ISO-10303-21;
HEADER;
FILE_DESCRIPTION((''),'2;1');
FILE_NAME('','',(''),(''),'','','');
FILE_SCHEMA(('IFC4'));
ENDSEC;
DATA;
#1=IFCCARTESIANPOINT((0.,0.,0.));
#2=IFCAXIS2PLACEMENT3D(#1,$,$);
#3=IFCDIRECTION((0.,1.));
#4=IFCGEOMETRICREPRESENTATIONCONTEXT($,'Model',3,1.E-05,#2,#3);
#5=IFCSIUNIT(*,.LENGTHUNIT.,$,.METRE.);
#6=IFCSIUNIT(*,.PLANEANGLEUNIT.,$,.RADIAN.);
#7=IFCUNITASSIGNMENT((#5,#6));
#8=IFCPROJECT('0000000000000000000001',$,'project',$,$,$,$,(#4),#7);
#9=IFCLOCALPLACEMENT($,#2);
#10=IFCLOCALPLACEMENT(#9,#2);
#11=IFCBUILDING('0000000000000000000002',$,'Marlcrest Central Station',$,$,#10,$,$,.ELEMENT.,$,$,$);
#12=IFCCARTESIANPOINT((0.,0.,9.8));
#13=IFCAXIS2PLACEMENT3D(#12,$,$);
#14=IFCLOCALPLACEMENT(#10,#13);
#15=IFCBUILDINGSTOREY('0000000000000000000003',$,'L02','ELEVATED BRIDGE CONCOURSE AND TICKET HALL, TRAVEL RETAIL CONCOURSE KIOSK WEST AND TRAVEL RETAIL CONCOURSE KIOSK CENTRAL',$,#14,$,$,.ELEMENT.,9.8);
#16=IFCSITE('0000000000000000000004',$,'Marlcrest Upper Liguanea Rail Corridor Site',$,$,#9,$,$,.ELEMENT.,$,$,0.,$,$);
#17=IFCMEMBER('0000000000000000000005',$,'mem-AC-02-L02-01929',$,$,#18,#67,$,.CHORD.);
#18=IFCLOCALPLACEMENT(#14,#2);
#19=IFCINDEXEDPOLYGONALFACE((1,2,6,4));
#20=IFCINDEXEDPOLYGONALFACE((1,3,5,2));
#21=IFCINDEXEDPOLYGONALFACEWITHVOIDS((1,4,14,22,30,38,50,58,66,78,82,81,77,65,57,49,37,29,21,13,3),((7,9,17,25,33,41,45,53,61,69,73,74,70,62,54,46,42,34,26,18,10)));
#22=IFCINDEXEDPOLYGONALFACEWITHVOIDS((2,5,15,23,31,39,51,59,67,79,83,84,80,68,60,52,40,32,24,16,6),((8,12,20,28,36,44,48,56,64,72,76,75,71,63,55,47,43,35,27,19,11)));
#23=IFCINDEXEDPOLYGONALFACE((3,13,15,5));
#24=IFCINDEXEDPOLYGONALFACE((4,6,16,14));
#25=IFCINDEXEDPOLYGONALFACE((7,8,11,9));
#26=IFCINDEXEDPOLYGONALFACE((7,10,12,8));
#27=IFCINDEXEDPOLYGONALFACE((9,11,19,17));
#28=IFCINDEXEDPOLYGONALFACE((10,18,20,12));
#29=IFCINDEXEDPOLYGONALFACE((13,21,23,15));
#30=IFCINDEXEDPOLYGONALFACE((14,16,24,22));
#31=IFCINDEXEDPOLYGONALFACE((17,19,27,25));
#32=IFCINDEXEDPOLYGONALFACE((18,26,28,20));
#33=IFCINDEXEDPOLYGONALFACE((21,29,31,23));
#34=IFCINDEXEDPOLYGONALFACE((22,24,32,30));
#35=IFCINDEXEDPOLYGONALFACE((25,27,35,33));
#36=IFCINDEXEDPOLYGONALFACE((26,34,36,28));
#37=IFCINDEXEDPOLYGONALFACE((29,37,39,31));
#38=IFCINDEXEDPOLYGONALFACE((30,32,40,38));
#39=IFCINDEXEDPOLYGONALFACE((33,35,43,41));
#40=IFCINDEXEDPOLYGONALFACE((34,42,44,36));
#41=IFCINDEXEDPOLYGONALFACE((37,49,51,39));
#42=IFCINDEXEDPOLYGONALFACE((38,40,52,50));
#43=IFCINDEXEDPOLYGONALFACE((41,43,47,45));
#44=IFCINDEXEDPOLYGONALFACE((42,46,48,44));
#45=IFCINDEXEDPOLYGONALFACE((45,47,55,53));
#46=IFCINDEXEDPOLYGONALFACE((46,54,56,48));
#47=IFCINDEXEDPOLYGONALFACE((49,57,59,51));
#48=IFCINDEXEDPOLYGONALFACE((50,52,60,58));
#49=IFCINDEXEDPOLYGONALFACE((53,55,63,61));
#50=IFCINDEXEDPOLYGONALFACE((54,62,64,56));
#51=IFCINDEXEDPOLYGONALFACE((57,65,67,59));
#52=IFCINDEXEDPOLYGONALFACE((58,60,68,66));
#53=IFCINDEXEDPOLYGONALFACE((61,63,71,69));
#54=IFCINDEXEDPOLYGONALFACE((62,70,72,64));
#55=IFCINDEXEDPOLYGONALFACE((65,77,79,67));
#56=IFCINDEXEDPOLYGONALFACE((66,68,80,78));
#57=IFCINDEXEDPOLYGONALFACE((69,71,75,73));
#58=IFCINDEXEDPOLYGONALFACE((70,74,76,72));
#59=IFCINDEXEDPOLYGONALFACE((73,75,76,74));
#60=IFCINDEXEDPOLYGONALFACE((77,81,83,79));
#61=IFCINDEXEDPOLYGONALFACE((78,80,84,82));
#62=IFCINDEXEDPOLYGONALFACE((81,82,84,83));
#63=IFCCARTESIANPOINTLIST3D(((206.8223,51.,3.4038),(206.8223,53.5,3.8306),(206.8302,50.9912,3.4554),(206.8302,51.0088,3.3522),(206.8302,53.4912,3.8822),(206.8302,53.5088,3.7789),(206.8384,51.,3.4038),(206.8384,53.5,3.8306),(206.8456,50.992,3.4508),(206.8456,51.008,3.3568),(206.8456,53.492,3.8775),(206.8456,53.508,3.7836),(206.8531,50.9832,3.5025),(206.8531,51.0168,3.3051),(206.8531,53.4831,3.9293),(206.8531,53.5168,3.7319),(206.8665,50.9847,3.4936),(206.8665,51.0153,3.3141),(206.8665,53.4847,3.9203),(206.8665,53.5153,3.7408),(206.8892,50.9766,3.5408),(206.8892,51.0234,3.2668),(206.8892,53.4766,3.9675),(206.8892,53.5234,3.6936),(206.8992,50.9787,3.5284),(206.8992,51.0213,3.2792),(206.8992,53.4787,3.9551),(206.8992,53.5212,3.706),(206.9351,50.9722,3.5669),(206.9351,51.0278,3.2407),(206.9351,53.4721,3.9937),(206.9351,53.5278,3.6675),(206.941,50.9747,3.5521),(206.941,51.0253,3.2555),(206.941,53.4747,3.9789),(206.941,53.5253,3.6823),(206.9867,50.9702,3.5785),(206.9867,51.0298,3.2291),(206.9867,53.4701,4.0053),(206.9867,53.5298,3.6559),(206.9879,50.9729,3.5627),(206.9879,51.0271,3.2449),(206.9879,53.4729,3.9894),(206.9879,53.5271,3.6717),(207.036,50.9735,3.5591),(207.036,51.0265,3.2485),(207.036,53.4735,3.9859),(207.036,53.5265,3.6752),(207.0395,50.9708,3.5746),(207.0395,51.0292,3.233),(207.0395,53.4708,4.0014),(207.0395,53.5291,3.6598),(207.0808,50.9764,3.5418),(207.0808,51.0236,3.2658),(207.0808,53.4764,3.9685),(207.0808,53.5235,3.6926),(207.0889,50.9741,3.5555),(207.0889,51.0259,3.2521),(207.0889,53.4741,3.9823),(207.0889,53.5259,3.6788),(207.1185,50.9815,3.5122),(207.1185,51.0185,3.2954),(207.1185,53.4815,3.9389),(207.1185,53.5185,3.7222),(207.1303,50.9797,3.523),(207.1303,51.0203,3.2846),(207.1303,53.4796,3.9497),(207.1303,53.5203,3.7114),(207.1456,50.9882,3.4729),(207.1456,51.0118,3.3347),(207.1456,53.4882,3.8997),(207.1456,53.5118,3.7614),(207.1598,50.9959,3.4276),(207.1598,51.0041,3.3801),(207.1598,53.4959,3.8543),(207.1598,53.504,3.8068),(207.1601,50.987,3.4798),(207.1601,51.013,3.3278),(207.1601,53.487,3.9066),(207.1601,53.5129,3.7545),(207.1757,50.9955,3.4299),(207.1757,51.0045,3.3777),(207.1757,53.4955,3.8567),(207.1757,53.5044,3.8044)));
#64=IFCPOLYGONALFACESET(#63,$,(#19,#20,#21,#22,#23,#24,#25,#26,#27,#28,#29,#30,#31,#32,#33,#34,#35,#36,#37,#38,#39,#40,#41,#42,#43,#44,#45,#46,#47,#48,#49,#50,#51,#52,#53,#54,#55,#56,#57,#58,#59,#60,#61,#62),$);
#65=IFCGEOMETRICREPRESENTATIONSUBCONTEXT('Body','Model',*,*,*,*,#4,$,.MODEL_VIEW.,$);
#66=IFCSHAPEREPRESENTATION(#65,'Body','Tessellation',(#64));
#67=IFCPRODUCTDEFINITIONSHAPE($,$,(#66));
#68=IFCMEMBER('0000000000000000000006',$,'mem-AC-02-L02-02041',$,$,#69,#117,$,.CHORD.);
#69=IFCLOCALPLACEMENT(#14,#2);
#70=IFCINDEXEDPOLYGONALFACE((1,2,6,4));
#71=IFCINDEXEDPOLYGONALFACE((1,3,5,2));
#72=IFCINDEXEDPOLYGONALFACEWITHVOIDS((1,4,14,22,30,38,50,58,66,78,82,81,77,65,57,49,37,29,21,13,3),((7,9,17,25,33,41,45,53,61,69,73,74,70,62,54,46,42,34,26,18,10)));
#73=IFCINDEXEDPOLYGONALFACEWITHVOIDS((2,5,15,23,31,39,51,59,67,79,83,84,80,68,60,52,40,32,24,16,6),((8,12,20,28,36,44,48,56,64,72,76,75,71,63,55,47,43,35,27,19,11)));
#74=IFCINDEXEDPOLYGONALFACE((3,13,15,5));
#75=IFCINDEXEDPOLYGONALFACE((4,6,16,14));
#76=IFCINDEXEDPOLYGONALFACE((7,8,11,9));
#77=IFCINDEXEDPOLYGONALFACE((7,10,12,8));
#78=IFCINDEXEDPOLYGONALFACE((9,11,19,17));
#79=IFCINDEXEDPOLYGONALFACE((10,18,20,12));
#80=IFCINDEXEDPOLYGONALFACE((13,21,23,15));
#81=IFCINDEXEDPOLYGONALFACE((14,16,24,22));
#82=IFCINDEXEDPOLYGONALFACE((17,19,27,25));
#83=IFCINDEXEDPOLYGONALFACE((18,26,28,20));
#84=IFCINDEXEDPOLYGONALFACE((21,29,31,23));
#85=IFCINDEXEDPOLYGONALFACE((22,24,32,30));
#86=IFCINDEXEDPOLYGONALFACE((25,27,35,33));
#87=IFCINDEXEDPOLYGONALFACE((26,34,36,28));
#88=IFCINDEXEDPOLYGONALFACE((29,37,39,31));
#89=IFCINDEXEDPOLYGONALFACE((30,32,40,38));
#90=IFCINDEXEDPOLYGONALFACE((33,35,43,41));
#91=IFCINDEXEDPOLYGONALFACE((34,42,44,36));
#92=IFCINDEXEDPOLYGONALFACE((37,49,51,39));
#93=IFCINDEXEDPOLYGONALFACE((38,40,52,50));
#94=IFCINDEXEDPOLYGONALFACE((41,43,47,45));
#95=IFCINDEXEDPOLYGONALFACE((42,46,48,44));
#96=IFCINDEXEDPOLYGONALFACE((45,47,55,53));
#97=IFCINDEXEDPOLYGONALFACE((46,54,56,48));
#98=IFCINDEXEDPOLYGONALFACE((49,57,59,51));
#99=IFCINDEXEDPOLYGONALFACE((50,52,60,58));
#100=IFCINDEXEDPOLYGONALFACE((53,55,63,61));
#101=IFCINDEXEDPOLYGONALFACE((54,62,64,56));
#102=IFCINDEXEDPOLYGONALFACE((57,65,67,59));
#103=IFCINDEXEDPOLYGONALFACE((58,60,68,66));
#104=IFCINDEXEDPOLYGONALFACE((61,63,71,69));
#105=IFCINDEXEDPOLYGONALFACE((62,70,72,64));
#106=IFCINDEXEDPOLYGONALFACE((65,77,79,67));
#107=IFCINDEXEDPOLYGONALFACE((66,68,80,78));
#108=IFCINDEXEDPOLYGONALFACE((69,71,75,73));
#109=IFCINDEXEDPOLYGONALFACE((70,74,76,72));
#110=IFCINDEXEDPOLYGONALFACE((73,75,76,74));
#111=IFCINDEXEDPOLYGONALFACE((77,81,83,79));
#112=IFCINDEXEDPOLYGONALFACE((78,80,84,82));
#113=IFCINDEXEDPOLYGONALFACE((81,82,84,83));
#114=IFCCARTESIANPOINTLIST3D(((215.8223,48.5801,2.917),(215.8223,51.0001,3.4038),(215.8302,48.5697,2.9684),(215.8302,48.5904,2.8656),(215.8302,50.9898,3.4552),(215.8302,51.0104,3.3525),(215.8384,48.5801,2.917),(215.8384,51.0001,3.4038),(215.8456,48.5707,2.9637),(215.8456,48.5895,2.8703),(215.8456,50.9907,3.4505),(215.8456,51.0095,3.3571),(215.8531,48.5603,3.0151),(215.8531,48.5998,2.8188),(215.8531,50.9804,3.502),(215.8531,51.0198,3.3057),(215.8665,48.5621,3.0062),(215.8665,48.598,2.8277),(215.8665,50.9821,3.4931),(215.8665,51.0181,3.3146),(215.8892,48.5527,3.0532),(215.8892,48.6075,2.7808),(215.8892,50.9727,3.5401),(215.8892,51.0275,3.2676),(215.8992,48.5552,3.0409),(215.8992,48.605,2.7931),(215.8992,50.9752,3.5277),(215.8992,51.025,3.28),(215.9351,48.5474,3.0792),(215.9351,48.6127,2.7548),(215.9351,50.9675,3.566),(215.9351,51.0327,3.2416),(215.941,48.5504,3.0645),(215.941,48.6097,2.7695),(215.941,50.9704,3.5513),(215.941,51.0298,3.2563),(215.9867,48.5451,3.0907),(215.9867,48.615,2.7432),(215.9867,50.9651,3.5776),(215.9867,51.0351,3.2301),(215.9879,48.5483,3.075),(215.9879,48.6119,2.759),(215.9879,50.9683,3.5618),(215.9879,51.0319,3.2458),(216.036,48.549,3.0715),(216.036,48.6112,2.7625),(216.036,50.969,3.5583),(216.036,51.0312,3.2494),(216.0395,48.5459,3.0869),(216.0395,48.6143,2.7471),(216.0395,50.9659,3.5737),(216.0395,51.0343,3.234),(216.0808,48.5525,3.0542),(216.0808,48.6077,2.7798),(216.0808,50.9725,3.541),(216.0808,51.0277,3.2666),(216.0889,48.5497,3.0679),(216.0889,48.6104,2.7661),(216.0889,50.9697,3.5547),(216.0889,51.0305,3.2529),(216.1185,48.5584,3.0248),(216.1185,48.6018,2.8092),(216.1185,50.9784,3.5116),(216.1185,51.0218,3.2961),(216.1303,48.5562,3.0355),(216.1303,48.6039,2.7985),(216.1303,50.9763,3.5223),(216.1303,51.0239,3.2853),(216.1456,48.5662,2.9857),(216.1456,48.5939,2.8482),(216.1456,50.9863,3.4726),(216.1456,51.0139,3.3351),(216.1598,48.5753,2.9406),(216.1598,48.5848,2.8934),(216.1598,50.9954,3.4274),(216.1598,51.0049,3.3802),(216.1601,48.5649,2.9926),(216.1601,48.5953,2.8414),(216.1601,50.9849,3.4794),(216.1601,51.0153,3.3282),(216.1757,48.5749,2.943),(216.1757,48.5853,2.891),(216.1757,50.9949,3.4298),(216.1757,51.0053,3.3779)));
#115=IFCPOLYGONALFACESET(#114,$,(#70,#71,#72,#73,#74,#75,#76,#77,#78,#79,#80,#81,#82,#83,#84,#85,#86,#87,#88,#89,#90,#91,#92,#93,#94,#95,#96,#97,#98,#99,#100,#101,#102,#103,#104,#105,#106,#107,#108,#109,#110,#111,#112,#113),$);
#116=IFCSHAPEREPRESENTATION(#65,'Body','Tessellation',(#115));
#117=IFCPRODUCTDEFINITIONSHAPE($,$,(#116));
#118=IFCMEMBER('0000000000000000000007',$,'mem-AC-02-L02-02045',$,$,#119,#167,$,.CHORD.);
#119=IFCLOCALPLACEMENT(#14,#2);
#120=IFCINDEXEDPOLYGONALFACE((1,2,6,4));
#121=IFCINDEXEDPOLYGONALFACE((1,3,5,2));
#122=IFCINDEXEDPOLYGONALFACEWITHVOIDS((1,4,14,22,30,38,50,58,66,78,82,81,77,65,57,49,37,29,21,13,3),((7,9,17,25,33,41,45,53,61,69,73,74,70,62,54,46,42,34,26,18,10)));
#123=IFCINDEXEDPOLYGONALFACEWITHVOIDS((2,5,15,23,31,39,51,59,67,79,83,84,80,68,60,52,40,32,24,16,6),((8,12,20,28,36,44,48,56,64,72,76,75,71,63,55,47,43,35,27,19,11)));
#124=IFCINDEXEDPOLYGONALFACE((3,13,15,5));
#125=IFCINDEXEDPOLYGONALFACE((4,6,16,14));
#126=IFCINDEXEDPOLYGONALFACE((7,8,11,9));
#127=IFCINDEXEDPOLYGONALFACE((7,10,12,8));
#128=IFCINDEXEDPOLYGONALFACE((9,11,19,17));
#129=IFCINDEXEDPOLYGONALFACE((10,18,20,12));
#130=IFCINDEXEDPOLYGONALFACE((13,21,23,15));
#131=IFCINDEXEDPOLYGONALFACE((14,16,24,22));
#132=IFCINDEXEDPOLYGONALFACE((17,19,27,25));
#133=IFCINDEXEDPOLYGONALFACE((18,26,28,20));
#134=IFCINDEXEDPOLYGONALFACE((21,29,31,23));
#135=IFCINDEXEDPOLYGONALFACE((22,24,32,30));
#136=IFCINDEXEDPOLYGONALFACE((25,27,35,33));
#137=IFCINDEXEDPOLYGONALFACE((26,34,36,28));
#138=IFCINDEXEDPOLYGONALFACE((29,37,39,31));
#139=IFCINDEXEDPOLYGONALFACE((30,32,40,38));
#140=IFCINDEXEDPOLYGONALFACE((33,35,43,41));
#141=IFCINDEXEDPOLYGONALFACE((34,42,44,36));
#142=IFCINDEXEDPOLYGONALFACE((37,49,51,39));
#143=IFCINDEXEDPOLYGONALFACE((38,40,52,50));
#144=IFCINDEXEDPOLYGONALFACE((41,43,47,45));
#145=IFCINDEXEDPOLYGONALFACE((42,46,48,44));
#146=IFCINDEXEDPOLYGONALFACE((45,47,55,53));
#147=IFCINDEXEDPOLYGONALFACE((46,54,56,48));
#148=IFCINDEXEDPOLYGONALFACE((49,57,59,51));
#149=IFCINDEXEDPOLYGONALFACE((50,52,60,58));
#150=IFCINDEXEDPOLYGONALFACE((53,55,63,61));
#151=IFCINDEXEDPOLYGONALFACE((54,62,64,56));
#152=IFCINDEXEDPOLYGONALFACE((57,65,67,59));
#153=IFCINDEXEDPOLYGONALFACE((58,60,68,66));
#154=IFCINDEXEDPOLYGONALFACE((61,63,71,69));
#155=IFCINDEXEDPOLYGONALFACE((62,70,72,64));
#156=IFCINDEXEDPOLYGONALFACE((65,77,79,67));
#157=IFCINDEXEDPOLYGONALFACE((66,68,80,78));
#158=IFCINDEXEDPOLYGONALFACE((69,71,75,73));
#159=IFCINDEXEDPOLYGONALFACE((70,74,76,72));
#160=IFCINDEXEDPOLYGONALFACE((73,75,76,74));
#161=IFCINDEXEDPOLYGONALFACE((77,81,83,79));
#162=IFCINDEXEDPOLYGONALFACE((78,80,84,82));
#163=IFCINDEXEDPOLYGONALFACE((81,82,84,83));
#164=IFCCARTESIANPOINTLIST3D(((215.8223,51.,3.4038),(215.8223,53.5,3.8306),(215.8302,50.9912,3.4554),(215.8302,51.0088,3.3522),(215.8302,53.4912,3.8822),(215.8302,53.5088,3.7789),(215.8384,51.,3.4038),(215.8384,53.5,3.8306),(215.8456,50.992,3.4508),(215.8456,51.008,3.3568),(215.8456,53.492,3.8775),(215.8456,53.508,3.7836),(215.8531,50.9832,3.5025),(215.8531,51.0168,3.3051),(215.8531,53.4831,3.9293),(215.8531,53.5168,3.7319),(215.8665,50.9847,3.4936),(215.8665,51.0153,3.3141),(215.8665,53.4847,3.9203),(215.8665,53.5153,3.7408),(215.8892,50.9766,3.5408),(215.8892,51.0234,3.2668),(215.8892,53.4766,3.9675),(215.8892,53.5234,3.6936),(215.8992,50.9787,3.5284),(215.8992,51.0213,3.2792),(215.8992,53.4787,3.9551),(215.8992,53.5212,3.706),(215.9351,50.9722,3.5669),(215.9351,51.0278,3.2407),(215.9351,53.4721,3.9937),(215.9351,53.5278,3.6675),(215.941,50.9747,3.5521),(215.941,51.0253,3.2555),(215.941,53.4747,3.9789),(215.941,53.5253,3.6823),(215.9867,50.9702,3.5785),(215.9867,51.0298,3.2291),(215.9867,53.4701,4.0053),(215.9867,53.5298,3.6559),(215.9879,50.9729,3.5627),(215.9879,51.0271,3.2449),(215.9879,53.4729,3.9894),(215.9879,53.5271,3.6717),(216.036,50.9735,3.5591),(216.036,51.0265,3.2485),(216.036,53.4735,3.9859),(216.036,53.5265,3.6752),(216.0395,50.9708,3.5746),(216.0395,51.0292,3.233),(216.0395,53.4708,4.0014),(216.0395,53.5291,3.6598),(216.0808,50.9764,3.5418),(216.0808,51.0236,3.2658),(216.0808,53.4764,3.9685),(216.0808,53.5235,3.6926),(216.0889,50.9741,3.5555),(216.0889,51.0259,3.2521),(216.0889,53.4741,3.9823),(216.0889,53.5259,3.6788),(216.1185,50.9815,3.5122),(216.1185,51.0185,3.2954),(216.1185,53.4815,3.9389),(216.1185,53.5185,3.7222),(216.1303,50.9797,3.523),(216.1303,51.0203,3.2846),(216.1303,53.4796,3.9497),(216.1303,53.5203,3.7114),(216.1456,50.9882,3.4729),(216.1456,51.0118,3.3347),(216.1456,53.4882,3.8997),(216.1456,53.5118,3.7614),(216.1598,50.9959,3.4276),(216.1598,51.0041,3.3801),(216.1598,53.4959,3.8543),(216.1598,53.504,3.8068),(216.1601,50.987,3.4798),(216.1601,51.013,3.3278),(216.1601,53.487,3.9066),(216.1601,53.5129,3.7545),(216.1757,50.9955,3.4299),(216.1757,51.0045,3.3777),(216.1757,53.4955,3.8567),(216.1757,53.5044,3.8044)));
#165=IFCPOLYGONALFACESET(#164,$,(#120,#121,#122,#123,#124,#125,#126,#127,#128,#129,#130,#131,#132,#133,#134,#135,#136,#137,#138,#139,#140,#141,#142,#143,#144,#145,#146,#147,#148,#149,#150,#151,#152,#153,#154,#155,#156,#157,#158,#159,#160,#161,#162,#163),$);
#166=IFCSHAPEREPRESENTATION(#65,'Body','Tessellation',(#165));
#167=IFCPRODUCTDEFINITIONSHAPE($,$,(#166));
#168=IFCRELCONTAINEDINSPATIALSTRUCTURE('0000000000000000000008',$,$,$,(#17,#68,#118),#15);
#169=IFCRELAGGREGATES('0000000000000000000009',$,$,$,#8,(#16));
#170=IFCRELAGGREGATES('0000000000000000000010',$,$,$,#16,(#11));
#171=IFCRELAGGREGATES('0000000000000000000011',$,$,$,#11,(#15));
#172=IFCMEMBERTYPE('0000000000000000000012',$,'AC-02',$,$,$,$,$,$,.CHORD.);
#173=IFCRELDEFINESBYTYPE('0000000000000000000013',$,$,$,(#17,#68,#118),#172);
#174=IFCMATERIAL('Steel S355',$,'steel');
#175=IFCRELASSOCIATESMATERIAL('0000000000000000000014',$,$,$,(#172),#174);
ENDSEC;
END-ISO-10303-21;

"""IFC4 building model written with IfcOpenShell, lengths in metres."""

from ifc_helpers import new_model, si_unit, direction, frame, origin, origin_2d, place, context, subcontext, project, spatial, hollow_circle, extrude, material, material_profile, profile_set, type_object, element, save


model = new_model("IFC4")

# Units and contexts
model_context = context("Model", 3, precision=1e-05, world=origin(), true_north=direction((0.0, 1.0)))
body_context = subcontext(model_context, "Body", "Model", "MODEL_VIEW")
ifc_project = project(units=[si_unit("LENGTHUNIT", "METRE"), si_unit("PLANEANGLEUNIT", "RADIAN")], contexts=[model_context])

# Site, building, storey
site_placement = place(None, origin())
site = spatial("IfcSite", under=ifc_project, at=site_placement, Name="Marlcrest Upper Liguanea Rail Corridor Site", CompositionType="ELEMENT", RefElevation=0.0)
building_placement = place(site_placement, origin())
building = spatial("IfcBuilding", under=site, at=building_placement, Name="Marlcrest Central Station", CompositionType="ELEMENT")
storey_placement = place(building_placement, frame((0.0, 0.0, 9.8)))
storey = spatial("IfcBuildingStorey", under=building, at=storey_placement, Name="L02", Description="ELEVATED BRIDGE CONCOURSE AND TICKET HALL, TRAVEL RETAIL CONCOURSE KIOSK WEST AND TRAVEL RETAIL CONCOURSE KIOSK CENTRAL", CompositionType="ELEMENT", Elevation=9.8)

# Members
ifc_material = material(Name="Steel S355", Category="steel")
ifc_material_profile_1 = material_profile(ifc_material, hollow_circle(Radius=0.1777, WallThickness=0.0161, at=origin_2d()), Name="CHS 355.6x16")
ifc_profile_set_1 = profile_set([ifc_material_profile_1], Name="Steel S355")
member_type_1 = type_object("IfcMemberType", Name="AC-02", PredefinedType="CHORD", material=ifc_profile_set_1)
member_1_placement = place(storey_placement, frame((207.0, 51.0, 3.4038), z_axis=(0.0, 0.985741, 0.168269), x_axis=(-1.0, 0.0, 0.0)))
element("IfcMember", 1, at=member_1_placement, inside=storey, type_object=member_type_1, Name="mem-AC-02-L02-01929", PredefinedType="CHORD", context=body_context, shape_type="SweptSolid", body=[
    extrude(hollow_circle(Radius=0.1777, WallThickness=0.0161, at=origin_2d()), origin(), (0.0, 0.0, 1.0), 2.5361),
])
member_2_placement = place(storey_placement, frame((216.0, 48.5801, 2.917), z_axis=(0.0, 0.980359, 0.197219), x_axis=(-1.0, 0.0, 0.0)))
element("IfcMember", 2, at=member_2_placement, inside=storey, type_object=member_type_1, Name="mem-AC-02-L02-02041", PredefinedType="CHORD", context=body_context, shape_type="SweptSolid", body=[
    extrude(hollow_circle(Radius=0.1777, WallThickness=0.0161, at=origin_2d()), origin(), (0.0, 0.0, 1.0), 2.4685),
])
member_3_placement = place(storey_placement, frame((216.0, 51.0, 3.4038), z_axis=(0.0, 0.985741, 0.168269), x_axis=(-1.0, 0.0, 0.0)))
element("IfcMember", 3, at=member_3_placement, inside=storey, type_object=member_type_1, Name="mem-AC-02-L02-02045", PredefinedType="CHORD", context=body_context, shape_type="SweptSolid", body=[
    extrude(hollow_circle(Radius=0.1777, WallThickness=0.0161, at=origin_2d()), origin(), (0.0, 0.0, 1.0), 2.5361),
])

save(model, "model.ifc")
